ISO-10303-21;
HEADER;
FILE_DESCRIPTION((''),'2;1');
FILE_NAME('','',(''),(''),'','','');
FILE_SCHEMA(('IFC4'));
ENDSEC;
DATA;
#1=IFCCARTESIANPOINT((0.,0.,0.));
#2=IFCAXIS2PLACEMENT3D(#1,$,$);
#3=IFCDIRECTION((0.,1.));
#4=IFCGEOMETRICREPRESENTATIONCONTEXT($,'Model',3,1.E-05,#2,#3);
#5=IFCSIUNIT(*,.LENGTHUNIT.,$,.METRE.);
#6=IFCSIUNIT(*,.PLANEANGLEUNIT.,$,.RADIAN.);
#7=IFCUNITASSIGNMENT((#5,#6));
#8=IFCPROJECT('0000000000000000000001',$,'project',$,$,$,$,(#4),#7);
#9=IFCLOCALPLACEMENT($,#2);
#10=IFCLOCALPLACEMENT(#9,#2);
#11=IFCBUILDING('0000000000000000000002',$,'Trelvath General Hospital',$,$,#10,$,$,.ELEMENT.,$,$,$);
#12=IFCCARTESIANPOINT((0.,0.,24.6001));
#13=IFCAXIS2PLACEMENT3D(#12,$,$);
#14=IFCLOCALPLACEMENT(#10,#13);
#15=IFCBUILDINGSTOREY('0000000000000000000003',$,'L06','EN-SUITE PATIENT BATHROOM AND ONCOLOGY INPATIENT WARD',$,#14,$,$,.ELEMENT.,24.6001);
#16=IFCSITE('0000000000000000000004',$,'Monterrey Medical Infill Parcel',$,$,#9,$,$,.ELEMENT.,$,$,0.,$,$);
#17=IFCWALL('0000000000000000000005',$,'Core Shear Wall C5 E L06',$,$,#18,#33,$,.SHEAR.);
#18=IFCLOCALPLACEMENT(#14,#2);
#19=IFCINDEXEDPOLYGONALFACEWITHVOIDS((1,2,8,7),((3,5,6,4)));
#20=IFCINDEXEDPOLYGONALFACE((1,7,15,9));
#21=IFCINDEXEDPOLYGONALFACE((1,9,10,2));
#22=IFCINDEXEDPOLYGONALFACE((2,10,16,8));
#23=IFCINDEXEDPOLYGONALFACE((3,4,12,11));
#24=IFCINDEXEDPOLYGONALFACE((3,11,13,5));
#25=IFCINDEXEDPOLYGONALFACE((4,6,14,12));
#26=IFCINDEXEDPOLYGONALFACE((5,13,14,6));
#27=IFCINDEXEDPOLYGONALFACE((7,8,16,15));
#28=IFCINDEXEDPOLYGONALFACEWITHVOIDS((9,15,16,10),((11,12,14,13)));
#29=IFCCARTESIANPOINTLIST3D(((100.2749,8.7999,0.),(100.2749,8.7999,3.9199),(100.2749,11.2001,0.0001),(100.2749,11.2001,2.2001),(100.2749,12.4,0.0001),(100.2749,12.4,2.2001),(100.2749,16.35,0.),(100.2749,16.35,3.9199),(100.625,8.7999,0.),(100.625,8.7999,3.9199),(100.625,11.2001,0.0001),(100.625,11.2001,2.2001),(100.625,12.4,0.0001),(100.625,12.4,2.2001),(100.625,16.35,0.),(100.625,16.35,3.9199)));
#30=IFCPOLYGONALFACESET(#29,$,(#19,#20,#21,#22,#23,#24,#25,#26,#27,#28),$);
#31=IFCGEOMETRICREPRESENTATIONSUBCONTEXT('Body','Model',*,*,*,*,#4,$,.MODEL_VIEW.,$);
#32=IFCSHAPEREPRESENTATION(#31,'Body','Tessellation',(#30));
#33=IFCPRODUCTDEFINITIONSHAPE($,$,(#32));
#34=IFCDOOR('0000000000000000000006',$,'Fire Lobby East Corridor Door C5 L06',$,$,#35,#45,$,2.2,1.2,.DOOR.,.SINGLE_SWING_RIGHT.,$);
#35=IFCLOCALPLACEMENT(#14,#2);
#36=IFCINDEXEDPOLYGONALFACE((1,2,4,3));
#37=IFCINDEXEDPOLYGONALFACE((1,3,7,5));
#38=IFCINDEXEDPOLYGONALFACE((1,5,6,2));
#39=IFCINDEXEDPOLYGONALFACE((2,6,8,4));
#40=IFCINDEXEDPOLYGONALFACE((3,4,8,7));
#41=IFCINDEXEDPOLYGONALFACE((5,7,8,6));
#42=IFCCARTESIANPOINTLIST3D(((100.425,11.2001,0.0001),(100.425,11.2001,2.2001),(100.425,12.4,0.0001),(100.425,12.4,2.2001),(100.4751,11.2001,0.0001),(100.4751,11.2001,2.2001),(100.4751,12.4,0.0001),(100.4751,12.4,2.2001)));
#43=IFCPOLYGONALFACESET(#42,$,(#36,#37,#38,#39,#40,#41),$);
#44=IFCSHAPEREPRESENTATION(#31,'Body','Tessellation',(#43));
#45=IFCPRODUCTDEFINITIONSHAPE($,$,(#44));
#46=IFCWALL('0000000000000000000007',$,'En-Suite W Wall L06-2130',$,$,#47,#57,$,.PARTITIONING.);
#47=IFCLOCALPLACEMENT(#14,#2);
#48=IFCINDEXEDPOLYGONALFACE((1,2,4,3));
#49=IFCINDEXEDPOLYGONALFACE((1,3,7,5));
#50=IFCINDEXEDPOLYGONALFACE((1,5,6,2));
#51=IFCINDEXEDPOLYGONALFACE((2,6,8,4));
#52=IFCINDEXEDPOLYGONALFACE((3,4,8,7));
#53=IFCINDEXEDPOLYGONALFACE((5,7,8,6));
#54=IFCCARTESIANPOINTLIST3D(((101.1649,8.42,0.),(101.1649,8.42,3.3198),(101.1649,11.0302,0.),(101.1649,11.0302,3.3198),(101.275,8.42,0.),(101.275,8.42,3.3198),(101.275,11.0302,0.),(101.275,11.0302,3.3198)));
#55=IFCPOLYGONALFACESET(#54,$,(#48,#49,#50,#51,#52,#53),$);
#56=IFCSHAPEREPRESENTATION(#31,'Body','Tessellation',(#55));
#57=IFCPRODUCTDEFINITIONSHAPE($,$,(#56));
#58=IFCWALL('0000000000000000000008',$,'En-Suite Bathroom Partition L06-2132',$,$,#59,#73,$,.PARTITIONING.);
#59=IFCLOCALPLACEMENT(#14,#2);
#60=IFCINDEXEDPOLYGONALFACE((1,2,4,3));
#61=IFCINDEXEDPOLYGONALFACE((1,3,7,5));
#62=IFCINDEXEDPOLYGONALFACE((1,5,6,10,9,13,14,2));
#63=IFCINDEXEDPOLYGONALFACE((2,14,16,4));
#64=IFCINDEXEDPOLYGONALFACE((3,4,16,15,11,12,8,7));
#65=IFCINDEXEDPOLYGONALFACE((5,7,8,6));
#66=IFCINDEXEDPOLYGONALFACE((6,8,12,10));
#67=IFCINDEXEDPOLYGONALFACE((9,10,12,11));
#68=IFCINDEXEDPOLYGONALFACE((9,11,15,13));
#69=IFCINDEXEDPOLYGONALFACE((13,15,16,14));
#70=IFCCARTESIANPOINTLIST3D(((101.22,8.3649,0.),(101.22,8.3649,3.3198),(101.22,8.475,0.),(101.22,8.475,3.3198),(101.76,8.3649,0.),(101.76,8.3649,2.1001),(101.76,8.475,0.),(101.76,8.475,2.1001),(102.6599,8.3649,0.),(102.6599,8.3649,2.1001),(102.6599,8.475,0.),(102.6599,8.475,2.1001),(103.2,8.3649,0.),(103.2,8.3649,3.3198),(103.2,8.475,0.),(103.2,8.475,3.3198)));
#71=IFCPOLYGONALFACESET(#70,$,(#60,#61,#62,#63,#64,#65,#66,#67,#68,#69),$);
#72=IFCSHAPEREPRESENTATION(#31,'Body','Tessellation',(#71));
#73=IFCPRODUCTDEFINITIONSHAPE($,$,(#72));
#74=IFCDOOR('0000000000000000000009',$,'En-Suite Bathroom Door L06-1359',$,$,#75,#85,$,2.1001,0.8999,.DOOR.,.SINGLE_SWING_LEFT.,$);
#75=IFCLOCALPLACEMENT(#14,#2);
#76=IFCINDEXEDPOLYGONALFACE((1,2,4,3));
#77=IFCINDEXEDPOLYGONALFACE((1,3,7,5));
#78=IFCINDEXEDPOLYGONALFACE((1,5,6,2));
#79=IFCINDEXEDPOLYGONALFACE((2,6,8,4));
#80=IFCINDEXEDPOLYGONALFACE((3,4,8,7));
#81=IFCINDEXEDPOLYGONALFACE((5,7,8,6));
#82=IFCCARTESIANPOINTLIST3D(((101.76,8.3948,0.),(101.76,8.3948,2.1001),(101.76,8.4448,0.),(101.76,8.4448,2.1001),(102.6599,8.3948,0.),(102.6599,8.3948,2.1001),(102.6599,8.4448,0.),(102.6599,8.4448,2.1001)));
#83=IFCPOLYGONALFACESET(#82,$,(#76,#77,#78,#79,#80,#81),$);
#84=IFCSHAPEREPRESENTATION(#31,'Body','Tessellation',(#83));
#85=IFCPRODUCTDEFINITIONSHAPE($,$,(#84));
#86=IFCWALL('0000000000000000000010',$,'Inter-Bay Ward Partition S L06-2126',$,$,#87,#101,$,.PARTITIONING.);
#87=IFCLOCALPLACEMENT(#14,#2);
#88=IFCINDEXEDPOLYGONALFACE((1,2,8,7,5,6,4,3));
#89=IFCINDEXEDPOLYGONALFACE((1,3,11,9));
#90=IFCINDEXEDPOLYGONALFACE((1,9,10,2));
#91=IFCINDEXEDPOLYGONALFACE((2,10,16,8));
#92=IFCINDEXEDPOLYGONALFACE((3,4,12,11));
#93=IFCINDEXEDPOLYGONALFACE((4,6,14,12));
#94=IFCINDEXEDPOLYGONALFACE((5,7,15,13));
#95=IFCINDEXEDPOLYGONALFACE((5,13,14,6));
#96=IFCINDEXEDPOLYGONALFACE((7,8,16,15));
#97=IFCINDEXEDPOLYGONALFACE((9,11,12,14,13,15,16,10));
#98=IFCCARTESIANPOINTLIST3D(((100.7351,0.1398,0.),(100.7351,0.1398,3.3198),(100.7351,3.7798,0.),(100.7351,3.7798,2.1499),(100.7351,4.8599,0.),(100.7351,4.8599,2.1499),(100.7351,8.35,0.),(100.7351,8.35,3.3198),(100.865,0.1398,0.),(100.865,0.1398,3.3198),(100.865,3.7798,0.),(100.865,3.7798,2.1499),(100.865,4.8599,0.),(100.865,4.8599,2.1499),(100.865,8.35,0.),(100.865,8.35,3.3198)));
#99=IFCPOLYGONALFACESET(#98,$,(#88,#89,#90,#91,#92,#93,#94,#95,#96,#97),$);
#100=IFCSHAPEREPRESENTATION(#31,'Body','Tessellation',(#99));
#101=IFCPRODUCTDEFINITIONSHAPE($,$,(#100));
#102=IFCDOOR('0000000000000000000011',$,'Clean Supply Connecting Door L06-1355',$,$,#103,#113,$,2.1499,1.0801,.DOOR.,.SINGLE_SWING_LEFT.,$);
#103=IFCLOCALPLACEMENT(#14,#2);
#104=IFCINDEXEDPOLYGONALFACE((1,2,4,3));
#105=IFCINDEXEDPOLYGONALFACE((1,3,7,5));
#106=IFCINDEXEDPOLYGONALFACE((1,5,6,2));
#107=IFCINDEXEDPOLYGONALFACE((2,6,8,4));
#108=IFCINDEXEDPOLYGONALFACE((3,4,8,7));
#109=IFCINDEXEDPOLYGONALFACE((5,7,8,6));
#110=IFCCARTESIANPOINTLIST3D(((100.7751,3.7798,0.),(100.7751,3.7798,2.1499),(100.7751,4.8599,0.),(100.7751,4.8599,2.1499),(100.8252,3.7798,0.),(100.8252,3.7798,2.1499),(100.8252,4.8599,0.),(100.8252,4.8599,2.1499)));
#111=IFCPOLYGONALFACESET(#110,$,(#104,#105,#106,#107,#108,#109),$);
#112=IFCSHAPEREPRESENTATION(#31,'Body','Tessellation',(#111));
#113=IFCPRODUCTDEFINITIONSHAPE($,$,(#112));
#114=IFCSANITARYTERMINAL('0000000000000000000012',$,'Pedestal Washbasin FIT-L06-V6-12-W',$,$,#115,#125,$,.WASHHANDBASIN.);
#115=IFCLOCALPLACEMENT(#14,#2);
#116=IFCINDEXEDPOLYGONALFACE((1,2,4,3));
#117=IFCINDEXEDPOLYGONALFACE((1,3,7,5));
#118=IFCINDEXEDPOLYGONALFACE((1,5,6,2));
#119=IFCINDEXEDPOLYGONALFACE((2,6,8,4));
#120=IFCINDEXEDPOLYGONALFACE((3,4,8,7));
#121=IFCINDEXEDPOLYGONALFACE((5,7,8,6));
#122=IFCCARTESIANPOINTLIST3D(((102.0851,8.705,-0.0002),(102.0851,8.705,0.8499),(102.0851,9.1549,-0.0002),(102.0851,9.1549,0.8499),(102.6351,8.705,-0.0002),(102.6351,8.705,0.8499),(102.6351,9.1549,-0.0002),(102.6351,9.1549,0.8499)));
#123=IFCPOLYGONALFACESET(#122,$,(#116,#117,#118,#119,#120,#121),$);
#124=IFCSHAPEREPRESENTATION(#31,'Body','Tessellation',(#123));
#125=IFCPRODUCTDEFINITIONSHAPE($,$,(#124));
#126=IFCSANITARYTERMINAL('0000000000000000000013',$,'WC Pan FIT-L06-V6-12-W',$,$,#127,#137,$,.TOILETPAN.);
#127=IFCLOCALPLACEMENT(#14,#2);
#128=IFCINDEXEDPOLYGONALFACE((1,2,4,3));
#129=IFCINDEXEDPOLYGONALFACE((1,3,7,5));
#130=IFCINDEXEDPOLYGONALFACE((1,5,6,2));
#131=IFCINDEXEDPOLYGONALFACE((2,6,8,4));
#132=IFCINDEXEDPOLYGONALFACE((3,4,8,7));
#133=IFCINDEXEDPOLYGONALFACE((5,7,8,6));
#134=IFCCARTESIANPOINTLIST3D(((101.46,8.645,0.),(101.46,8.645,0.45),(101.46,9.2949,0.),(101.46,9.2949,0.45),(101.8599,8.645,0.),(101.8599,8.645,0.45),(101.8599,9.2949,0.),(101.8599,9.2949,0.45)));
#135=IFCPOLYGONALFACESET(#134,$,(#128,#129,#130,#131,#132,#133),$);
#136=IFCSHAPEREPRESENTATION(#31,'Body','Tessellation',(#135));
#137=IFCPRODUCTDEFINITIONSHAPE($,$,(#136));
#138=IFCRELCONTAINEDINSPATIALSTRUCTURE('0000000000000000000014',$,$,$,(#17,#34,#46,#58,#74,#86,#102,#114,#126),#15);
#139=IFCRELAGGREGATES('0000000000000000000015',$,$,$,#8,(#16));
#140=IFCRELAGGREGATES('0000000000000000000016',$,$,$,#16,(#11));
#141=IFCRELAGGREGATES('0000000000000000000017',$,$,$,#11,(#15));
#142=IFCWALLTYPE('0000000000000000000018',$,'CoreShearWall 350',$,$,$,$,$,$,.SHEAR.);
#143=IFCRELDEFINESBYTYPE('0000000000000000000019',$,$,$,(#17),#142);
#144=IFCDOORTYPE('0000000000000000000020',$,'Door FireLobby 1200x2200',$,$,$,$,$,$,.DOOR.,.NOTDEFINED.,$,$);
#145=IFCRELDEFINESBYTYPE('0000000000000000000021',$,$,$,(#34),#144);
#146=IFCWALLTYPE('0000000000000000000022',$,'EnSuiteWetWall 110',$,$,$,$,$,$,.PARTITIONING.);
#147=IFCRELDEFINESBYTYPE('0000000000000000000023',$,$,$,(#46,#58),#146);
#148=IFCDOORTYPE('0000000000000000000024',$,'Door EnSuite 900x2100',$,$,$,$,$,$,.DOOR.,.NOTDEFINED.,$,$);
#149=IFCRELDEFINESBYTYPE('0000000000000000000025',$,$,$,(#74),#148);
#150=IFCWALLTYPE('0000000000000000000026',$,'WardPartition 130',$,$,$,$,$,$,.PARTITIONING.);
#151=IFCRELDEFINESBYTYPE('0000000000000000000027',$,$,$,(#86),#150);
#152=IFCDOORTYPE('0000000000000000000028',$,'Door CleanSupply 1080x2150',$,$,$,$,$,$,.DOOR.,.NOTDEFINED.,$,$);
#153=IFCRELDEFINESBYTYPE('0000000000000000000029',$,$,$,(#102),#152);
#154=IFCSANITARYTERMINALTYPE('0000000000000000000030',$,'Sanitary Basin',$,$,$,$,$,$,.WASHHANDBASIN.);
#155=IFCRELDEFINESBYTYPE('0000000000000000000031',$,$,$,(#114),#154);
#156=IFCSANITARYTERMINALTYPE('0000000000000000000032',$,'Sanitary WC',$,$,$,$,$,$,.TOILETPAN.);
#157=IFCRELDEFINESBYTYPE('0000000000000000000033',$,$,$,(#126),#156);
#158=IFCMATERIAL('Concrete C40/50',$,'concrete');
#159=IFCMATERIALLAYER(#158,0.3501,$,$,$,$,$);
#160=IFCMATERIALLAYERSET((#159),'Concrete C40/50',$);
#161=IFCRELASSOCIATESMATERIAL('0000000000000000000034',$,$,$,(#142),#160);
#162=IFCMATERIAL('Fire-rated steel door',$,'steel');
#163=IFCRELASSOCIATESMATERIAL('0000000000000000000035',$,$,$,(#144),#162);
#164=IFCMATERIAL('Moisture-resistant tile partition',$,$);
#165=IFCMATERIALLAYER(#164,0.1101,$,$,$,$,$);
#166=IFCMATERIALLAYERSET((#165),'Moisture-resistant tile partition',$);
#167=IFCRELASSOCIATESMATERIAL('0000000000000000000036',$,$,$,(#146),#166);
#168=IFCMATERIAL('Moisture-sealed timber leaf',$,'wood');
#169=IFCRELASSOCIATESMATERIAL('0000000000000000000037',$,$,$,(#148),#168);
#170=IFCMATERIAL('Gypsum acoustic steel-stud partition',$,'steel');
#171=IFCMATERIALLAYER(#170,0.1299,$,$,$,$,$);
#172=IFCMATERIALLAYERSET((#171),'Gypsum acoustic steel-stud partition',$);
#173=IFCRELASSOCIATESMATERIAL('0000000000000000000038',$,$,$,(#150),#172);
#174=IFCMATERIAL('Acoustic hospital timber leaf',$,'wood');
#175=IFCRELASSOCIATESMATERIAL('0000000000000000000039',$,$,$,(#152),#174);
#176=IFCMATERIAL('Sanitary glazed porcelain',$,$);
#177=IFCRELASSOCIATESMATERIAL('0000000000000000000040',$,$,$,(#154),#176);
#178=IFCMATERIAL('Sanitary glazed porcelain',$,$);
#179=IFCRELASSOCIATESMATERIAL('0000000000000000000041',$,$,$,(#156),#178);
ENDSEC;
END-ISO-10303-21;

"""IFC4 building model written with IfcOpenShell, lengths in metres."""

from ifc_helpers import new_model, si_unit, direction, frame, frame_2d, origin, origin_2d, place, context, subcontext, project, spatial, rectangle, extrude, material, layer, layer_set, type_object, element, fill, save


model = new_model("IFC4")

# Units and contexts
model_context = context("Model", 3, precision=1e-05, world=origin(), true_north=direction((0.0, 1.0)))
body_context = subcontext(model_context, "Body", "Model", "MODEL_VIEW")
ifc_project = project(units=[si_unit("LENGTHUNIT", "METRE"), si_unit("PLANEANGLEUNIT", "RADIAN")], contexts=[model_context])

# Site, building, storey
site_placement = place(None, origin())
site = spatial("IfcSite", under=ifc_project, at=site_placement, Name="Monterrey Medical Infill Parcel", CompositionType="ELEMENT", RefElevation=0.0)
building_placement = place(site_placement, origin())
building = spatial("IfcBuilding", under=site, at=building_placement, Name="Trelvath General Hospital", CompositionType="ELEMENT")
storey_placement = place(building_placement, frame((0.0, 0.0, 24.6001)))
storey = spatial("IfcBuildingStorey", under=building, at=storey_placement, Name="L06", Description="EN-SUITE PATIENT BATHROOM AND ONCOLOGY INPATIENT WARD", CompositionType="ELEMENT", Elevation=24.6001)

# Wall, opening, door
ifc_material_1 = material(Name="Concrete C40/50", Category="concrete")
ifc_layer_1 = layer(ifc_material_1, 0.3501)
ifc_layer_set_1 = layer_set([ifc_layer_1], Name="Concrete C40/50")
wall_type_1 = type_object("IfcWallType", Name="CoreShearWall 350", PredefinedType="SHEAR", material=ifc_layer_set_1)
wall_1_placement = place(storey_placement, frame((100.45, 8.8, 0.0), z_axis=(0.0, 0.0, 1.0), x_axis=(0.0, 1.0, 0.0)))
wall_1 = element("IfcWall", 1, at=wall_1_placement, inside=storey, type_object=wall_type_1, Name="Core Shear Wall C5 E L06", PredefinedType="SHEAR", context=body_context, shape_type="SweptSolid", body=[
    extrude(rectangle(XDim=7.55, YDim=0.3501, at=frame_2d((3.7749, 0.0))), origin(), (0.0, 0.0, 1.0), 3.9199),
])
opening_1_placement = place(wall_1_placement, frame((2.3999, 0.0, 0.0)))
opening_1 = element("IfcOpeningElement", 2, at=opening_1_placement, cuts=wall_1, PredefinedType="OPENING", context=body_context, shape_type="SweptSolid", body=[
    extrude(rectangle(XDim=1.2, YDim=2.2, at=frame_2d((0.6001, 1.1001))), frame((0.0, 0.1851, 0.0), z_axis=(0.0, -1.0, 0.0), x_axis=(1.0, 0.0, 0.0)), (0.0, 0.0, 1.0), 0.3701),
])
ifc_material_2 = material(Name="Fire-rated steel door", Category="steel")
door_type_1 = type_object("IfcDoorType", Name="Door FireLobby 1200x2200", OperationType="NOTDEFINED", PredefinedType="DOOR", material=ifc_material_2)
door_1_placement = place(opening_1_placement, origin())
door_1 = element("IfcDoor", 3, at=door_1_placement, inside=storey, type_object=door_type_1, Name="Fire Lobby East Corridor Door C5 L06", OperationType="SINGLE_SWING_RIGHT", OverallHeight=2.2, OverallWidth=1.2, PredefinedType="DOOR", context=body_context, shape_type="SweptSolid", body=[
    extrude(rectangle(XDim=1.2, YDim=2.2, at=frame_2d((0.6001, 1.1001))), frame((0.0, 0.0249, 0.0), z_axis=(0.0, -1.0, 0.0), x_axis=(1.0, 0.0, 0.0)), (0.0, 0.0, 1.0), 0.05),
])
fill(opening_1, door_1)

# Wall
ifc_material_3 = material(Name="Moisture-resistant tile partition")
ifc_layer_2 = layer(ifc_material_3, 0.1101)
ifc_layer_set_2 = layer_set([ifc_layer_2], Name="Moisture-resistant tile partition")
wall_type_2 = type_object("IfcWallType", Name="EnSuiteWetWall 110", PredefinedType="PARTITIONING", material=ifc_layer_set_2)
wall_2_placement = place(storey_placement, frame((101.22, 8.4199, 0.0), z_axis=(0.0, 0.0, 1.0), x_axis=(0.0, 1.0, 0.0)))
element("IfcWall", 4, at=wall_2_placement, inside=storey, type_object=wall_type_2, Name="En-Suite W Wall L06-2130", PredefinedType="PARTITIONING", context=body_context, shape_type="SweptSolid", body=[
    extrude(rectangle(XDim=2.6101, YDim=0.1101, at=frame_2d((1.3052, 0.0))), origin(), (0.0, 0.0, 1.0), 3.3198),
])

# Walls, openings, doors
wall_3_placement = place(storey_placement, frame((101.22, 8.4199, 0.0), z_axis=(0.0, 0.0, 1.0), x_axis=(1.0, 0.0, 0.0)))
wall_3 = element("IfcWall", 5, at=wall_3_placement, inside=storey, type_object=wall_type_2, Name="En-Suite Bathroom Partition L06-2132", PredefinedType="PARTITIONING", context=body_context, shape_type="SweptSolid", body=[
    extrude(rectangle(XDim=1.98, YDim=0.1101, at=frame_2d((0.99, 0.0))), origin(), (0.0, 0.0, 1.0), 3.3198),
])
opening_2_placement = place(wall_3_placement, frame((0.54, 0.0, 0.0)))
opening_2 = element("IfcOpeningElement", 6, at=opening_2_placement, cuts=wall_3, PredefinedType="OPENING", context=body_context, shape_type="SweptSolid", body=[
    extrude(rectangle(XDim=0.8999, YDim=2.1001, at=frame_2d((0.45, 1.05))), frame((0.0, 0.0649, 0.0), z_axis=(0.0, -1.0, 0.0), x_axis=(1.0, 0.0, 0.0)), (0.0, 0.0, 1.0), 0.1301),
])
ifc_material_4 = material(Name="Moisture-sealed timber leaf", Category="wood")
door_type_2 = type_object("IfcDoorType", Name="Door EnSuite 900x2100", OperationType="NOTDEFINED", PredefinedType="DOOR", material=ifc_material_4)
door_2_placement = place(opening_2_placement, origin())
door_2 = element("IfcDoor", 7, at=door_2_placement, inside=storey, type_object=door_type_2, Name="En-Suite Bathroom Door L06-1359", OperationType="SINGLE_SWING_LEFT", OverallHeight=2.1001, OverallWidth=0.8999, PredefinedType="DOOR", context=body_context, shape_type="SweptSolid", body=[
    extrude(rectangle(XDim=0.8999, YDim=2.1001, at=frame_2d((0.45, 1.05))), frame((0.0, 0.0249, 0.0), z_axis=(0.0, -1.0, 0.0), x_axis=(1.0, 0.0, 0.0)), (0.0, 0.0, 1.0), 0.05),
])
fill(opening_2, door_2)
ifc_material_5 = material(Name="Gypsum acoustic steel-stud partition", Category="steel")
ifc_layer_3 = layer(ifc_material_5, 0.1299)
ifc_layer_set_3 = layer_set([ifc_layer_3], Name="Gypsum acoustic steel-stud partition")
wall_type_3 = type_object("IfcWallType", Name="WardPartition 130", PredefinedType="PARTITIONING", material=ifc_layer_set_3)
wall_4_placement = place(storey_placement, frame((100.8, 0.1399, 0.0), z_axis=(0.0, 0.0, 1.0), x_axis=(0.0, 1.0, 0.0)))
wall_4 = element("IfcWall", 8, at=wall_4_placement, inside=storey, type_object=wall_type_3, Name="Inter-Bay Ward Partition S L06-2126", PredefinedType="PARTITIONING", context=body_context, shape_type="SweptSolid", body=[
    extrude(rectangle(XDim=8.2102, YDim=0.1299, at=frame_2d((4.105, 0.0))), origin(), (0.0, 0.0, 1.0), 3.3198),
])
opening_3_placement = place(wall_4_placement, frame((3.6399, 0.0, 0.0)))
opening_3 = element("IfcOpeningElement", 9, at=opening_3_placement, cuts=wall_4, PredefinedType="OPENING", context=body_context, shape_type="SweptSolid", body=[
    extrude(rectangle(XDim=1.0801, YDim=2.1499, at=frame_2d((0.54, 1.075))), frame((0.0, 0.075, 0.0), z_axis=(0.0, -1.0, 0.0), x_axis=(1.0, 0.0, 0.0)), (0.0, 0.0, 1.0), 0.1499),
])
ifc_material_6 = material(Name="Acoustic hospital timber leaf", Category="wood")
door_type_3 = type_object("IfcDoorType", Name="Door CleanSupply 1080x2150", OperationType="NOTDEFINED", PredefinedType="DOOR", material=ifc_material_6)
door_3_placement = place(opening_3_placement, origin())
door_3 = element("IfcDoor", 10, at=door_3_placement, inside=storey, type_object=door_type_3, Name="Clean Supply Connecting Door L06-1355", OperationType="SINGLE_SWING_LEFT", OverallHeight=2.1499, OverallWidth=1.0801, PredefinedType="DOOR", context=body_context, shape_type="SweptSolid", body=[
    extrude(rectangle(XDim=1.0801, YDim=2.1499, at=frame_2d((0.54, 1.075))), frame((0.0, 0.0249, 0.0), z_axis=(0.0, -1.0, 0.0), x_axis=(1.0, 0.0, 0.0)), (0.0, 0.0, 1.0), 0.05),
])
fill(opening_3, door_3)

# Sanitary terminals
ifc_material_7 = material(Name="Sanitary glazed porcelain")
sanitary_terminal_type_1 = type_object("IfcSanitaryTerminalType", Name="Sanitary Basin", PredefinedType="WASHHANDBASIN", material=ifc_material_7)
sanitary_terminal_1_placement = place(storey_placement, frame((102.3601, 8.9299, -0.0002), z_axis=(0.0, 0.0, 1.0), x_axis=(1.0, 0.0, 0.0)))
element("IfcSanitaryTerminal", 11, at=sanitary_terminal_1_placement, inside=storey, type_object=sanitary_terminal_type_1, Name="Pedestal Washbasin FIT-L06-V6-12-W", PredefinedType="WASHHANDBASIN", context=body_context, shape_type="SweptSolid", body=[
    extrude(rectangle(XDim=0.55, YDim=0.45, at=origin_2d()), origin(), (0.0, 0.0, 1.0), 0.8501),
])
ifc_material_8 = material(Name="Sanitary glazed porcelain")
sanitary_terminal_type_2 = type_object("IfcSanitaryTerminalType", Name="Sanitary WC", PredefinedType="TOILETPAN", material=ifc_material_8)
sanitary_terminal_2_placement = place(storey_placement, frame((101.6599, 8.97, 0.0), z_axis=(0.0, 0.0, 1.0), x_axis=(1.0, 0.0, 0.0)))
element("IfcSanitaryTerminal", 12, at=sanitary_terminal_2_placement, inside=storey, type_object=sanitary_terminal_type_2, Name="WC Pan FIT-L06-V6-12-W", PredefinedType="TOILETPAN", context=body_context, shape_type="SweptSolid", body=[
    extrude(rectangle(XDim=0.3999, YDim=0.6499, at=origin_2d()), origin(), (0.0, 0.0, 1.0), 0.45),
])

save(model, "model.ifc")
